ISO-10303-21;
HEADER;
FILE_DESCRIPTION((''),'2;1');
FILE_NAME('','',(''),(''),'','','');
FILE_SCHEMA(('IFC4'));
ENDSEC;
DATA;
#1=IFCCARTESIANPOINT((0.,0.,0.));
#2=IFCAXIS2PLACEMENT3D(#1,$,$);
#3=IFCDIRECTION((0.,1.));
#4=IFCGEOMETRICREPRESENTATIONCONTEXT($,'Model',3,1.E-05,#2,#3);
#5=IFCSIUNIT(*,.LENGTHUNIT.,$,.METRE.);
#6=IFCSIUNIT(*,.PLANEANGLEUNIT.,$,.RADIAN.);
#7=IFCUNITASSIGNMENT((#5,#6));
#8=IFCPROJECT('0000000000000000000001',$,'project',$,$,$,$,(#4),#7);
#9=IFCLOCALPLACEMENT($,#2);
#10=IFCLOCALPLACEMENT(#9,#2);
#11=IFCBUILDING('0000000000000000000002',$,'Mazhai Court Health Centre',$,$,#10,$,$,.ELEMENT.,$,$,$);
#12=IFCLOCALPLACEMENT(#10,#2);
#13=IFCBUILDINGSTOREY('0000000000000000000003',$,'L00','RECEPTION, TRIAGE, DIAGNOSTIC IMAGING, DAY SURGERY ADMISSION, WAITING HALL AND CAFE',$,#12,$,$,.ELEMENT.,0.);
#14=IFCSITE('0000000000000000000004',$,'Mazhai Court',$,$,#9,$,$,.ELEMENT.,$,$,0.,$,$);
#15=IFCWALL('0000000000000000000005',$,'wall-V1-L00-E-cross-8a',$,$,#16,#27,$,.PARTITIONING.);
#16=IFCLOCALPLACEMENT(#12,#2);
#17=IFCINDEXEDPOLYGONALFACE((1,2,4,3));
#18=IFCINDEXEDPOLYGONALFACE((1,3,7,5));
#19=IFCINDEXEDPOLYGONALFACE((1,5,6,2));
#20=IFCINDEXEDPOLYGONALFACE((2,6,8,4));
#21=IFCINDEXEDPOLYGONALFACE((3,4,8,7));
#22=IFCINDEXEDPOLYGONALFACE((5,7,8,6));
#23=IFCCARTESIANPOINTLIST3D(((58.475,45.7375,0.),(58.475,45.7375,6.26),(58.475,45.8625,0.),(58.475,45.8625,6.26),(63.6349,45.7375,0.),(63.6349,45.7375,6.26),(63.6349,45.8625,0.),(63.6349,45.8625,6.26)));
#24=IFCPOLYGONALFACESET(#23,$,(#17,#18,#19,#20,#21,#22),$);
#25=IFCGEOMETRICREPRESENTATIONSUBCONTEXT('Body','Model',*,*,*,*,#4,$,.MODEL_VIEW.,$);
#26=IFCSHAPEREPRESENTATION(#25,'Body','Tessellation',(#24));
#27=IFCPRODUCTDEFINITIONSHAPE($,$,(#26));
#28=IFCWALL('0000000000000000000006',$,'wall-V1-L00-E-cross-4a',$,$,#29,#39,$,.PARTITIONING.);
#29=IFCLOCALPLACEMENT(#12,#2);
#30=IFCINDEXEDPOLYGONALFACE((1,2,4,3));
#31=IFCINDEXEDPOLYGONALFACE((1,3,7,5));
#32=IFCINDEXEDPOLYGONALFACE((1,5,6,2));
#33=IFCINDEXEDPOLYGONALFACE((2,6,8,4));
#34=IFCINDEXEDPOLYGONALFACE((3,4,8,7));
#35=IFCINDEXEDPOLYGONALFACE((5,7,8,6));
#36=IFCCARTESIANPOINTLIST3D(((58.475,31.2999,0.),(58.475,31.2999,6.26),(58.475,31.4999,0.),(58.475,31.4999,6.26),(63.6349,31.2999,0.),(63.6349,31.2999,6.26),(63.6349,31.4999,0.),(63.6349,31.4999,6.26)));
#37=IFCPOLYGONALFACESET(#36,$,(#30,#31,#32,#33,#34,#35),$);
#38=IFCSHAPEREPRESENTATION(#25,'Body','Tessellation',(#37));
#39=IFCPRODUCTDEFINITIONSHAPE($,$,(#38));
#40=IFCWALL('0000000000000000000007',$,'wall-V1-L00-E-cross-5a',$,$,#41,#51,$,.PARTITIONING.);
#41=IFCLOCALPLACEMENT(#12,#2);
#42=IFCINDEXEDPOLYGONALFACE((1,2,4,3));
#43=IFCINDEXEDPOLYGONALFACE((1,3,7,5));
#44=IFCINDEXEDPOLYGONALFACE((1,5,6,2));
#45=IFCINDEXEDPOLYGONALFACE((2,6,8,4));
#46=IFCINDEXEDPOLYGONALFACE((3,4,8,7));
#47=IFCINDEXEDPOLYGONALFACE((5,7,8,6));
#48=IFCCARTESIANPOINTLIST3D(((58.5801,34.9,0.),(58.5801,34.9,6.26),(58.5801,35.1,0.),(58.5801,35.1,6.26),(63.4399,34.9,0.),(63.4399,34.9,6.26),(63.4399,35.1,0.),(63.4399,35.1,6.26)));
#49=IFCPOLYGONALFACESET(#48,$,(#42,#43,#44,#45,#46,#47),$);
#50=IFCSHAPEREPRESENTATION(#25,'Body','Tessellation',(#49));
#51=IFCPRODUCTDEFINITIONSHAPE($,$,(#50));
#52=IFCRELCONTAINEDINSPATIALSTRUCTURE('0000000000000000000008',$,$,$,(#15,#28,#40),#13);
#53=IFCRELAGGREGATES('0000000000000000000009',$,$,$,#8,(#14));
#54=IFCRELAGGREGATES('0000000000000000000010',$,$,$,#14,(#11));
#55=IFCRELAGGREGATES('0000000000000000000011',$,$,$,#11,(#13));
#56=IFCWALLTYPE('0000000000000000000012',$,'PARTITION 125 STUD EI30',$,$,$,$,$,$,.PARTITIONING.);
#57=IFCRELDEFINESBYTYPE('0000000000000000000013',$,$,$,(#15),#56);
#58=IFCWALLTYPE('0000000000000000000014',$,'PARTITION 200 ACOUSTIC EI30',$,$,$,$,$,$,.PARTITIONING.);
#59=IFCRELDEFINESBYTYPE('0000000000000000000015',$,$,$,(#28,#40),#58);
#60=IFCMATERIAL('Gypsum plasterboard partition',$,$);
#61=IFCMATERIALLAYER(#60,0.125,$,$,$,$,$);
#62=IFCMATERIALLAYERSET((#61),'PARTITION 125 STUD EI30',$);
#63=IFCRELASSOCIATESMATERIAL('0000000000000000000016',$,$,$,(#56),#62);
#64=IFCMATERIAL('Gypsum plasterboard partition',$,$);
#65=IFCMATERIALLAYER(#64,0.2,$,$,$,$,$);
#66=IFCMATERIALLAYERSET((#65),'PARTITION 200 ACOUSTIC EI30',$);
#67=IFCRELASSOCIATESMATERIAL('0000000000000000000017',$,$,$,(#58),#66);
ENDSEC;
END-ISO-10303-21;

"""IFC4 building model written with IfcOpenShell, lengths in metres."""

from ifc_helpers import new_model, si_unit, direction, frame, frame_2d, origin, place, context, subcontext, project, spatial, rectangle, extrude, material, layer, layer_set, type_object, element, save


model = new_model("IFC4")

# Units and contexts
model_context = context("Model", 3, precision=1e-05, world=origin(), true_north=direction((0.0, 1.0)))
body_context = subcontext(model_context, "Body", "Model", "MODEL_VIEW")
ifc_project = project(units=[si_unit("LENGTHUNIT", "METRE"), si_unit("PLANEANGLEUNIT", "RADIAN")], contexts=[model_context])

# Site, building, storey
site_placement = place(None, origin())
site = spatial("IfcSite", under=ifc_project, at=site_placement, Name="Mazhai Court", CompositionType="ELEMENT", RefElevation=0.0)
building_placement = place(site_placement, origin())
building = spatial("IfcBuilding", under=site, at=building_placement, Name="Mazhai Court Health Centre", CompositionType="ELEMENT")
storey_placement = place(building_placement, origin())
storey = spatial("IfcBuildingStorey", under=building, at=storey_placement, Name="L00", Description="RECEPTION, TRIAGE, DIAGNOSTIC IMAGING, DAY SURGERY ADMISSION, WAITING HALL AND CAFE", CompositionType="ELEMENT", Elevation=0.0)

# Walls
ifc_material_1 = material(Name="Gypsum plasterboard partition")
ifc_layer_1 = layer(ifc_material_1, 0.125)
ifc_layer_set_1 = layer_set([ifc_layer_1], Name="PARTITION 125 STUD EI30")
wall_type_1 = type_object("IfcWallType", Name="PARTITION 125 STUD EI30", PredefinedType="PARTITIONING", material=ifc_layer_set_1)
wall_1_placement = place(storey_placement, frame((63.635, 45.8, 0.0), z_axis=(0.0, 0.0, 1.0), x_axis=(-1.0, 0.0, 0.0)))
element("IfcWall", 1, at=wall_1_placement, inside=storey, type_object=wall_type_1, Name="wall-V1-L00-E-cross-8a", PredefinedType="PARTITIONING", context=body_context, shape_type="SweptSolid", body=[
    extrude(rectangle(XDim=5.1599, YDim=0.125, at=frame_2d((2.5801, 0.0))), origin(), (0.0, 0.0, 1.0), 6.26),
])
ifc_material_2 = material(Name="Gypsum plasterboard partition")
ifc_layer_2 = layer(ifc_material_2, 0.2)
ifc_layer_set_2 = layer_set([ifc_layer_2], Name="PARTITION 200 ACOUSTIC EI30")
wall_type_2 = type_object("IfcWallType", Name="PARTITION 200 ACOUSTIC EI30", PredefinedType="PARTITIONING", material=ifc_layer_set_2)
wall_2_placement = place(storey_placement, frame((63.635, 31.3999, 0.0), z_axis=(0.0, 0.0, 1.0), x_axis=(-1.0, 0.0, 0.0)))
element("IfcWall", 2, at=wall_2_placement, inside=storey, type_object=wall_type_2, Name="wall-V1-L00-E-cross-4a", PredefinedType="PARTITIONING", context=body_context, shape_type="SweptSolid", body=[
    extrude(rectangle(XDim=5.1599, YDim=0.2, at=frame_2d((2.5801, 0.0))), origin(), (0.0, 0.0, 1.0), 6.26),
])
wall_3_placement = place(storey_placement, frame((63.4399, 35.0, 0.0), z_axis=(0.0, 0.0, 1.0), x_axis=(-1.0, 0.0, 0.0)))
element("IfcWall", 3, at=wall_3_placement, inside=storey, type_object=wall_type_2, Name="wall-V1-L00-E-cross-5a", PredefinedType="PARTITIONING", context=body_context, shape_type="SweptSolid", body=[
    extrude(rectangle(XDim=4.8599, YDim=0.2, at=frame_2d((2.4299, 0.0))), origin(), (0.0, 0.0, 1.0), 6.26),
])

save(model, "model.ifc")
